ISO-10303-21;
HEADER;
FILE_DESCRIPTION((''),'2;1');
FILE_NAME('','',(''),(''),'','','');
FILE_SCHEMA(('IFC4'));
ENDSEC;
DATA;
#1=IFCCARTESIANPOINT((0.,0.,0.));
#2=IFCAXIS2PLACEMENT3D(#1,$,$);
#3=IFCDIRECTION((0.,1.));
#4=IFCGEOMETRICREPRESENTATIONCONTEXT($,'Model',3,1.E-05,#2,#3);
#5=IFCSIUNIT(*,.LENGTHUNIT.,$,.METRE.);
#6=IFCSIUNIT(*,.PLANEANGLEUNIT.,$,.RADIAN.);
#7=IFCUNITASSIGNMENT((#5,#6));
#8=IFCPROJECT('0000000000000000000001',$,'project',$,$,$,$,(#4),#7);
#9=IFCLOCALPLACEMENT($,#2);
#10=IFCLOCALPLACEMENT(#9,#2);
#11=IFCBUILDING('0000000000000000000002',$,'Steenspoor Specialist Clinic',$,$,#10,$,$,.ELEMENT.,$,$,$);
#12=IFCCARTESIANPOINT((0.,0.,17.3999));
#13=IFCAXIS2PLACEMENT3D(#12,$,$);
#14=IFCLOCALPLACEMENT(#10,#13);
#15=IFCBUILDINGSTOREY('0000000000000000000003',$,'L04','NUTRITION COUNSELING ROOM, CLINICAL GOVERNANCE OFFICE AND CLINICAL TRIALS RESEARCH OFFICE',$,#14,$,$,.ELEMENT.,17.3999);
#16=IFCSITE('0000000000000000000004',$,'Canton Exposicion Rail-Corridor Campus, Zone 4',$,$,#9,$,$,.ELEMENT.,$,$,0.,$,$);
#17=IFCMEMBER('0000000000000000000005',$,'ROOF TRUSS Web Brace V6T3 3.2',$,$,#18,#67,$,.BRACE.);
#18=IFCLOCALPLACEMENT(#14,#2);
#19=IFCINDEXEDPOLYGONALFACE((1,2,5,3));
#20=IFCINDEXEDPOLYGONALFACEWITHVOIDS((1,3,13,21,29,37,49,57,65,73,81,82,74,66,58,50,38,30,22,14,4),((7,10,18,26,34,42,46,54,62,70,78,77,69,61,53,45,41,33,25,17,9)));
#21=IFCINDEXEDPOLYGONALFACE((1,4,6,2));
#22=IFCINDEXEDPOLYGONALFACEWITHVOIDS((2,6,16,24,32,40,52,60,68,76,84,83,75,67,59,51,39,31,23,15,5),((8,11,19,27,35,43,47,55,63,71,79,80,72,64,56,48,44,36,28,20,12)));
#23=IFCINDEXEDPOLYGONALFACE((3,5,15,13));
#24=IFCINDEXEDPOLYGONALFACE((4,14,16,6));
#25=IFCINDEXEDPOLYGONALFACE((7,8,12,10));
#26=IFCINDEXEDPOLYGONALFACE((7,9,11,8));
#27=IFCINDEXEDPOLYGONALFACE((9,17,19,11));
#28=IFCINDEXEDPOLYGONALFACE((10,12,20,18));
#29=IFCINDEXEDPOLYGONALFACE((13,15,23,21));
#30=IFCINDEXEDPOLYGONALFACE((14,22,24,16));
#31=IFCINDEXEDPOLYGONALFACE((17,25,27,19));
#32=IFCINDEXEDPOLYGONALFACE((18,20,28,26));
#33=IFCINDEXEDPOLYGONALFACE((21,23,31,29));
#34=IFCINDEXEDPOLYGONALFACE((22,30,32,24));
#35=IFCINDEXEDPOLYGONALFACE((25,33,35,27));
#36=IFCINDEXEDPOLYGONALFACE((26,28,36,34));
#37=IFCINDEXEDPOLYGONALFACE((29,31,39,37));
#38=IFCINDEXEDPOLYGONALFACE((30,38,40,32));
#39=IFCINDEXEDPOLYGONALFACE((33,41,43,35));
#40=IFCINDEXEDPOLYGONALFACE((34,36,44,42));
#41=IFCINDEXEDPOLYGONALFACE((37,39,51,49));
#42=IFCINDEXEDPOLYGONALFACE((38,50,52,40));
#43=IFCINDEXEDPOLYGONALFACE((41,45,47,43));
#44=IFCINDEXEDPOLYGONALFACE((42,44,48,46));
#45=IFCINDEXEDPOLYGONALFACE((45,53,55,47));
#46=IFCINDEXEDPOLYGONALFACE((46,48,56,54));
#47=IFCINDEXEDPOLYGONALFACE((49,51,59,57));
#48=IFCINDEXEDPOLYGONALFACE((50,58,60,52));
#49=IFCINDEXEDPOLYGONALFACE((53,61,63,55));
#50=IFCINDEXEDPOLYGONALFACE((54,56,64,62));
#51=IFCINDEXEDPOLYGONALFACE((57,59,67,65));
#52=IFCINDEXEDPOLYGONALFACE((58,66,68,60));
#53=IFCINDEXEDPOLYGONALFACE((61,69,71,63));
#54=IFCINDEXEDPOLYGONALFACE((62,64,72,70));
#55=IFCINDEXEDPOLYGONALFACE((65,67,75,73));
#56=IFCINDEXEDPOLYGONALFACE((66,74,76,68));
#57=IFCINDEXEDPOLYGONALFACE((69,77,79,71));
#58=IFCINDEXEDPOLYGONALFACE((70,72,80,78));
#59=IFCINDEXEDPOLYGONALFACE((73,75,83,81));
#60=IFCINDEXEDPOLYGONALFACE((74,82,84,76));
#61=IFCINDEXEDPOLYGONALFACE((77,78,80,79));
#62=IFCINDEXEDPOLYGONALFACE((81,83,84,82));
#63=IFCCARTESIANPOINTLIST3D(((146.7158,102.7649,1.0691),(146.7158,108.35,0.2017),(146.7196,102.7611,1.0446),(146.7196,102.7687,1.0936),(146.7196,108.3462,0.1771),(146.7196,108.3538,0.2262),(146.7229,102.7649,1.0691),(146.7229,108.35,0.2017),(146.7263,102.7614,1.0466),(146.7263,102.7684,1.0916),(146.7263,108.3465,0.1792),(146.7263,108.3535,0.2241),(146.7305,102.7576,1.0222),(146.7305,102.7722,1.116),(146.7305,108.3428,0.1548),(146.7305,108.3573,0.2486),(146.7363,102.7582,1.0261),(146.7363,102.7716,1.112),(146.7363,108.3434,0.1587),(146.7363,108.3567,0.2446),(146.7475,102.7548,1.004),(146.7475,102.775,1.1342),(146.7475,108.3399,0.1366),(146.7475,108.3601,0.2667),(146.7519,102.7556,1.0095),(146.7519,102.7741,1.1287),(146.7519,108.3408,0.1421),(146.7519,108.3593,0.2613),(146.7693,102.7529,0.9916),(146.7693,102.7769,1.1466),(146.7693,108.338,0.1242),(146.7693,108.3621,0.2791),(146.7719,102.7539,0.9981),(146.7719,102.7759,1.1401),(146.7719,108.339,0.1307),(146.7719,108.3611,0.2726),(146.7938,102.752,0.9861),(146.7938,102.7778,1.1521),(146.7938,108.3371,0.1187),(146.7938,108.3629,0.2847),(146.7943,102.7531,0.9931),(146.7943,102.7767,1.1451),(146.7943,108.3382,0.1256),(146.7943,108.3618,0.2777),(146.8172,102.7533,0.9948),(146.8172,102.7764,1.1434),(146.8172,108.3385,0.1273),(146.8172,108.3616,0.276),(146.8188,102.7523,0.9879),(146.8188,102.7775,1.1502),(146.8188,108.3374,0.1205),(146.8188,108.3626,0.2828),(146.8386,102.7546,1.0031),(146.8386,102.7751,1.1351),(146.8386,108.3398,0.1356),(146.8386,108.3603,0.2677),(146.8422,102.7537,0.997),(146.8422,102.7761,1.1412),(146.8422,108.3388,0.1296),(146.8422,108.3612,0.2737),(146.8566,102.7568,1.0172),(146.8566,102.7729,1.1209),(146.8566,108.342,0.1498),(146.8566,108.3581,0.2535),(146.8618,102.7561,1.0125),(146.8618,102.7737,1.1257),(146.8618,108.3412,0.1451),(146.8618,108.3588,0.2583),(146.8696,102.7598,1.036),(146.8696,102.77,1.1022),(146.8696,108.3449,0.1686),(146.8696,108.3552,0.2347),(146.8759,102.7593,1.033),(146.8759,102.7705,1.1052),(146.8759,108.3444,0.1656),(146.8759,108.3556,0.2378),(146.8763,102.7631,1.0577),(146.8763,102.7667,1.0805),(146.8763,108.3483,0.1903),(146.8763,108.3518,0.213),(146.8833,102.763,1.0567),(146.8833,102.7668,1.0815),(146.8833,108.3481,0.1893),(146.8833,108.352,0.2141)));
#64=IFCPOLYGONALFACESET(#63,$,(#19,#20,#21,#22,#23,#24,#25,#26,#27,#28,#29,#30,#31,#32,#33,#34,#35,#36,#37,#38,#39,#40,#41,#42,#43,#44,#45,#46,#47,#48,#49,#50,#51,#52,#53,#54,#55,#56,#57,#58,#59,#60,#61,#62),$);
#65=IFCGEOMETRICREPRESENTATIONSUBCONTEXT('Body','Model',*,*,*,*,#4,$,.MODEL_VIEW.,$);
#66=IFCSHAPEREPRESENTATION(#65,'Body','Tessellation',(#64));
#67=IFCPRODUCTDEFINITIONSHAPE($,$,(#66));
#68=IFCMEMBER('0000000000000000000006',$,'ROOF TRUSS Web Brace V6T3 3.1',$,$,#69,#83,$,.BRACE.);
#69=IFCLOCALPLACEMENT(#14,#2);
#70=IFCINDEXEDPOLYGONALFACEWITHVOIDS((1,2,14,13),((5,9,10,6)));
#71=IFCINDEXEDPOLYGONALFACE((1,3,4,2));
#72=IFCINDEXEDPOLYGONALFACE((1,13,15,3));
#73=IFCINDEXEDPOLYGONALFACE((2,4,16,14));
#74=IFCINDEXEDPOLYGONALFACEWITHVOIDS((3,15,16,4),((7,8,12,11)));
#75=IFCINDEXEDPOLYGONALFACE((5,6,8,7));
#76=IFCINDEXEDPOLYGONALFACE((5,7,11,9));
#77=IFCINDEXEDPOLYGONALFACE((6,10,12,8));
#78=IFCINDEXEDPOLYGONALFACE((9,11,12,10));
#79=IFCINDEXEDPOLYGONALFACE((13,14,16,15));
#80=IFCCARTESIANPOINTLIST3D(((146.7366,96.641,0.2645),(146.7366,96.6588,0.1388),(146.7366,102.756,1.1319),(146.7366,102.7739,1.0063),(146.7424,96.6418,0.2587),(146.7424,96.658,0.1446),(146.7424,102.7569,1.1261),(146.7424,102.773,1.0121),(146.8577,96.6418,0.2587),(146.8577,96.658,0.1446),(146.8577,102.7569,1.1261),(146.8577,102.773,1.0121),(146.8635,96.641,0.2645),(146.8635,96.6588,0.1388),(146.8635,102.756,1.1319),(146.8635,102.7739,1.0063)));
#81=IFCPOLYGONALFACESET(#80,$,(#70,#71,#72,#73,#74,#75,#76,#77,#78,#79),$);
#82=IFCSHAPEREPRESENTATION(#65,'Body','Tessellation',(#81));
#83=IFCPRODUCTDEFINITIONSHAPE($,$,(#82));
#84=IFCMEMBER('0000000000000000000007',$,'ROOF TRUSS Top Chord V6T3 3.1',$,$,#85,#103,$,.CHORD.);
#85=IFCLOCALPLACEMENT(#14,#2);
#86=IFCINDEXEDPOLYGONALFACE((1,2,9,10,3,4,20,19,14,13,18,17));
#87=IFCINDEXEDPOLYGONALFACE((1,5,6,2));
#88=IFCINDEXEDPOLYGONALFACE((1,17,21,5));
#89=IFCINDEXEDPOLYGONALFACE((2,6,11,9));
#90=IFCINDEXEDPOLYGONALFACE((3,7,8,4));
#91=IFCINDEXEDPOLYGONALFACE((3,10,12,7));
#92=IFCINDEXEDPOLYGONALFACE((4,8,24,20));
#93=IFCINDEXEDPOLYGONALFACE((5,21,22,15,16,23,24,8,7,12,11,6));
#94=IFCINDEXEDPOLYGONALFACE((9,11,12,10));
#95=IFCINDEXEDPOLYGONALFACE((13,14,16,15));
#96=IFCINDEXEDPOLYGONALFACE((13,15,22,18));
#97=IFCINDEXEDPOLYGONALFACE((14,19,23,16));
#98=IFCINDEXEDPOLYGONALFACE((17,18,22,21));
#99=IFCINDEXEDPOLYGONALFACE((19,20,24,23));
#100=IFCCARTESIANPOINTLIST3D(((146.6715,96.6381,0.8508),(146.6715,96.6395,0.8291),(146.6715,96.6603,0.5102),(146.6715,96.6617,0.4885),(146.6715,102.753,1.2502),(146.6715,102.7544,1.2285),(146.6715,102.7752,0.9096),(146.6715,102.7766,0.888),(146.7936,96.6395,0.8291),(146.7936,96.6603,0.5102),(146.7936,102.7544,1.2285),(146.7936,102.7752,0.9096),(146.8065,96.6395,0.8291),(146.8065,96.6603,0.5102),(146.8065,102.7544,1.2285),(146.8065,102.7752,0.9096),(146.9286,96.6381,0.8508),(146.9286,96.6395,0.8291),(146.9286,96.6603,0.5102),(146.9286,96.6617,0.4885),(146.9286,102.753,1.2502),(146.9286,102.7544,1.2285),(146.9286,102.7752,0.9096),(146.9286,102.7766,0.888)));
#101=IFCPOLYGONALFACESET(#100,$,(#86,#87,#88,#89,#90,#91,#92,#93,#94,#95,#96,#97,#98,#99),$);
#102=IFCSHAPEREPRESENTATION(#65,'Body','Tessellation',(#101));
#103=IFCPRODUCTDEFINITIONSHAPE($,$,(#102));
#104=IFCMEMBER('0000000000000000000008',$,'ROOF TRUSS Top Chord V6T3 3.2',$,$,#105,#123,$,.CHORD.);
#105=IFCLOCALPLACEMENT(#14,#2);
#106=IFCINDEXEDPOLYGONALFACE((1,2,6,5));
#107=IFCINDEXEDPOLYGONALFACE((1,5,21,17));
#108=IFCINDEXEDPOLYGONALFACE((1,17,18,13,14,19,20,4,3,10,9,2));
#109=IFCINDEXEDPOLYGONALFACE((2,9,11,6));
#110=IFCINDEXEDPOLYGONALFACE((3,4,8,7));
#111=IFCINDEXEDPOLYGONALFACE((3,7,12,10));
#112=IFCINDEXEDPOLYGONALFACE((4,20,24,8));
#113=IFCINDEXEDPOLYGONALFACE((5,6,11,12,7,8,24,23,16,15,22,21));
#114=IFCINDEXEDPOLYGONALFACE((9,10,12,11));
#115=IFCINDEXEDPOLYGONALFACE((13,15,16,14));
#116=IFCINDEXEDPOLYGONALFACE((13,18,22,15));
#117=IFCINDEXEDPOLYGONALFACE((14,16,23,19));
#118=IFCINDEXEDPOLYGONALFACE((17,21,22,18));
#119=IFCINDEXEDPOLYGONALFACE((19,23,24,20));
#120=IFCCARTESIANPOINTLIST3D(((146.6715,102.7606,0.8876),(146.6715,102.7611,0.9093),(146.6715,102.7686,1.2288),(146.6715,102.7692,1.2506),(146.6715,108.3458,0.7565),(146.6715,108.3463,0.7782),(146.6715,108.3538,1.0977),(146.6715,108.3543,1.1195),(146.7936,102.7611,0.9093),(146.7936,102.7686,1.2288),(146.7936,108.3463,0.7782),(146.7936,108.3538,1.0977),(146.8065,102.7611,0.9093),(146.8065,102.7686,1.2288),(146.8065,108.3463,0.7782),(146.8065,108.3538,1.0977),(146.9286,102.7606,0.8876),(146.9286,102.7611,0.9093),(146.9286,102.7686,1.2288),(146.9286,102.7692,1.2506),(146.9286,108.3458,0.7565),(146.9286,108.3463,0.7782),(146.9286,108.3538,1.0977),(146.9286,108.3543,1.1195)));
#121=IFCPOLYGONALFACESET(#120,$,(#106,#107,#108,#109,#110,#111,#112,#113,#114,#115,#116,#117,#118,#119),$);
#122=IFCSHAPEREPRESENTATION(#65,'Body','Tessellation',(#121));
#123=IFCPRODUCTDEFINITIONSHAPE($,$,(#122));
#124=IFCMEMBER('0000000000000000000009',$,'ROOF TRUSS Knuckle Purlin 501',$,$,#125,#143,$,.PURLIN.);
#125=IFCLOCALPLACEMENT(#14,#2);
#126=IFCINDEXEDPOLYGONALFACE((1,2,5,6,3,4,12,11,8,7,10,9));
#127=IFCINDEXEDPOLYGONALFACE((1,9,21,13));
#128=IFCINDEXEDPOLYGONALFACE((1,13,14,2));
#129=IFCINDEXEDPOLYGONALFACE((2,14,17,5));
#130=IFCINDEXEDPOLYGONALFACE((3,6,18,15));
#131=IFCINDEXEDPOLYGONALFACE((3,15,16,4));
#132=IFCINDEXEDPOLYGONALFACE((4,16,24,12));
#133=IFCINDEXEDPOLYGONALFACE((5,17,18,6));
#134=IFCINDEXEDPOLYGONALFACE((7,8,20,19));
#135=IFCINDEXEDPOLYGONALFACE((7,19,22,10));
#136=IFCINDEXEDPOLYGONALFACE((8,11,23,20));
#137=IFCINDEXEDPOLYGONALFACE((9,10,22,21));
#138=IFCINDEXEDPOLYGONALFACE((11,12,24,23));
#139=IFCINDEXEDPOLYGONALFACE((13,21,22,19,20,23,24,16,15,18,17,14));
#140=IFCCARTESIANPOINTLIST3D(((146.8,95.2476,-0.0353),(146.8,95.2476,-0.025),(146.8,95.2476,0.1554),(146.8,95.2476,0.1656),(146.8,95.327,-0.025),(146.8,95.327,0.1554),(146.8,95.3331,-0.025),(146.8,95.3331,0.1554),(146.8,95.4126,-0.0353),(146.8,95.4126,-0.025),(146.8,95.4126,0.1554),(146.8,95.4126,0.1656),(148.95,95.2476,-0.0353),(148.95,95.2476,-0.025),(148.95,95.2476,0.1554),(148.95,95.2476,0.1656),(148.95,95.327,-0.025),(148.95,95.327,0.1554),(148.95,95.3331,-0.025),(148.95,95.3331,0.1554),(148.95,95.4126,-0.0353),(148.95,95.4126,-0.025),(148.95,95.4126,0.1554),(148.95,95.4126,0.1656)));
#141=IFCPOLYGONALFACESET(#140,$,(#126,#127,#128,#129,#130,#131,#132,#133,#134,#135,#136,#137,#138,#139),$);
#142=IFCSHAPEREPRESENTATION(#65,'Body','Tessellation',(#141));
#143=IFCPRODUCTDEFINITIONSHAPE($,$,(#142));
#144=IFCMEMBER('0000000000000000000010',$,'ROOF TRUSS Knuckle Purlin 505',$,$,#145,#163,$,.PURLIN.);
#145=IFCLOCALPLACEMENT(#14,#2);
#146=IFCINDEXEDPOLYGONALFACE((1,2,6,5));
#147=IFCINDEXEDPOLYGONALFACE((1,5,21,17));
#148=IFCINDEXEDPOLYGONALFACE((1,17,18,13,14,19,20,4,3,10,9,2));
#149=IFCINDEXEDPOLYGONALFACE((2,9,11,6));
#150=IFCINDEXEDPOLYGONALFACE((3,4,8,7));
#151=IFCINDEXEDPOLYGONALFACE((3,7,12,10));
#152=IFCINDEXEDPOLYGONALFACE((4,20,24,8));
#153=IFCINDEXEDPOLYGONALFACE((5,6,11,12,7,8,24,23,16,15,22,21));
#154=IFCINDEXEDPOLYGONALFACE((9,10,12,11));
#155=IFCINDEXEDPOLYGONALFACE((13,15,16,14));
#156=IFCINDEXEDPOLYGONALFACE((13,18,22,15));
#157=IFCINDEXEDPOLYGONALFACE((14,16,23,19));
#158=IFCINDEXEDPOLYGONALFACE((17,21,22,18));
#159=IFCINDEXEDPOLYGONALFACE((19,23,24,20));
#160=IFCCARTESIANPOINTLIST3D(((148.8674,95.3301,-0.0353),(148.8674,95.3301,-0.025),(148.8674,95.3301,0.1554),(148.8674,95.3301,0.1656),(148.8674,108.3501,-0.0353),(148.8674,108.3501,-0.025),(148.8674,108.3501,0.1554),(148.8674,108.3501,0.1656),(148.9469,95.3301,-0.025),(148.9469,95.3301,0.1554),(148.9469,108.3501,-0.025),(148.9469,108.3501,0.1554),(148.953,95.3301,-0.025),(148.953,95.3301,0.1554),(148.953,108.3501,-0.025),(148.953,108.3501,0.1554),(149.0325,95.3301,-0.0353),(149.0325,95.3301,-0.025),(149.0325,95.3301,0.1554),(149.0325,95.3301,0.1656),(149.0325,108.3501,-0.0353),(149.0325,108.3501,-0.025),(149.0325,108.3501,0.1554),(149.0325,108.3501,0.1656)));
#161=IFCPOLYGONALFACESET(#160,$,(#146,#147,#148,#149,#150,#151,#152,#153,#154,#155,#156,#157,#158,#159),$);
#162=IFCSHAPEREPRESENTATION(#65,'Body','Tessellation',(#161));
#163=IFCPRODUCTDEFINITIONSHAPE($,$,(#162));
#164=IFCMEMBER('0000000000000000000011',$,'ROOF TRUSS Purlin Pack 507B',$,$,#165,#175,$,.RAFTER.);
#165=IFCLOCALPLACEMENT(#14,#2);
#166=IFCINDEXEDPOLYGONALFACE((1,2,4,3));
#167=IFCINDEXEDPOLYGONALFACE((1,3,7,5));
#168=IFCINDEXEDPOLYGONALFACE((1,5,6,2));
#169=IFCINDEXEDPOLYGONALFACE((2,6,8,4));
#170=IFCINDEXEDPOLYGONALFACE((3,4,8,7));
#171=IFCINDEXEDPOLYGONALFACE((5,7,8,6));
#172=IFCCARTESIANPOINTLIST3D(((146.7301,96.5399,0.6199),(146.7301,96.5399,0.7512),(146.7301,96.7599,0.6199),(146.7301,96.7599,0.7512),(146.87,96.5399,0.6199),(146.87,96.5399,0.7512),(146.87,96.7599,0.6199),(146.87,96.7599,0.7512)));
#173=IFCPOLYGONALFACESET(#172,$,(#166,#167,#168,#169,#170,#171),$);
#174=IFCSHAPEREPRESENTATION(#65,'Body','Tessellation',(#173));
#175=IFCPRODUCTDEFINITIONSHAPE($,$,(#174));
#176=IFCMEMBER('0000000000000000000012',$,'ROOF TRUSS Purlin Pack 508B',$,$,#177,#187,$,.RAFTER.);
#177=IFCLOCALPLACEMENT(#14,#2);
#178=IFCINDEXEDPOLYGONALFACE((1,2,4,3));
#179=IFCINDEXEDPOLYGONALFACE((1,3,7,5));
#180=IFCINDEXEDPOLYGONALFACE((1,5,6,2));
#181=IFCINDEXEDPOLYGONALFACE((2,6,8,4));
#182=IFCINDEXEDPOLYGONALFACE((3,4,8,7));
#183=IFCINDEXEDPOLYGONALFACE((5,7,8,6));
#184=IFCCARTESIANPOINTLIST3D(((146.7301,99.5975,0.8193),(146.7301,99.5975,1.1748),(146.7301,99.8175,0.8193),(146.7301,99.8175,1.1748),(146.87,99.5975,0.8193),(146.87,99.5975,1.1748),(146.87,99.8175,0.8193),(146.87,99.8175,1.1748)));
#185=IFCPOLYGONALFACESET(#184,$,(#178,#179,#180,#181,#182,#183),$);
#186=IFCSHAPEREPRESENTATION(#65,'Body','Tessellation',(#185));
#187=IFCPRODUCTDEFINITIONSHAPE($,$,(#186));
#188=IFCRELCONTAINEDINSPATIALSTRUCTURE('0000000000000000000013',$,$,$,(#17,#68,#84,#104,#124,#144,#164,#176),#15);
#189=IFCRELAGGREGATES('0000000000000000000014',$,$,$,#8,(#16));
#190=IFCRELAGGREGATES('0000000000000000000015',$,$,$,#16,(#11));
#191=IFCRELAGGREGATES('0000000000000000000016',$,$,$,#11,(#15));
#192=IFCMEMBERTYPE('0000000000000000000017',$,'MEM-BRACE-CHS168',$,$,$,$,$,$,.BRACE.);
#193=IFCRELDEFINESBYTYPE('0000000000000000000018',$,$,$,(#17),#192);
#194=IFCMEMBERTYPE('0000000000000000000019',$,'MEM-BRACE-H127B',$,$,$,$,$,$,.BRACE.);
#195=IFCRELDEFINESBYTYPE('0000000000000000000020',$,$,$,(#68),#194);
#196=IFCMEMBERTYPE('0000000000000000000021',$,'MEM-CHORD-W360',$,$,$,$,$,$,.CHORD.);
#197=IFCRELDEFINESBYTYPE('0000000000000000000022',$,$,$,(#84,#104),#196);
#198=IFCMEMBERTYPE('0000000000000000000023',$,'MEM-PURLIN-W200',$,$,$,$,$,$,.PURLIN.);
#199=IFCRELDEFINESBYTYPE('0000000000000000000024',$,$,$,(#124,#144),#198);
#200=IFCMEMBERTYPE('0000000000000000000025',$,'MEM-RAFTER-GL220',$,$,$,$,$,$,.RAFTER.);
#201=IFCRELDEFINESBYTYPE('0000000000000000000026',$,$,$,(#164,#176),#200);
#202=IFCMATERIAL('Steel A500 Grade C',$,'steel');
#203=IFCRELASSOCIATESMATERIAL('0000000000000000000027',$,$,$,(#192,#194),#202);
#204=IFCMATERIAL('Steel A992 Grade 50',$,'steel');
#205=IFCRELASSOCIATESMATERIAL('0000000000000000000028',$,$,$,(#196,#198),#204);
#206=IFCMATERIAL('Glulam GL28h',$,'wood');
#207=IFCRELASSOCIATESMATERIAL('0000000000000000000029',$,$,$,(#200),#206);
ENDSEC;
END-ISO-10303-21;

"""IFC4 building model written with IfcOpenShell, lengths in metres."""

from ifc_helpers import new_model, si_unit, direction, frame, origin, origin_2d, place, context, subcontext, project, spatial, rectangle, hollow_rectangle, hollow_circle, i_section, extrude, material, material_profile, profile_set, type_object, element, save


model = new_model("IFC4")

# Units and contexts
model_context = context("Model", 3, precision=1e-05, world=origin(), true_north=direction((0.0, 1.0)))
body_context = subcontext(model_context, "Body", "Model", "MODEL_VIEW")
ifc_project = project(units=[si_unit("LENGTHUNIT", "METRE"), si_unit("PLANEANGLEUNIT", "RADIAN")], contexts=[model_context])

# Site, building, storey
site_placement = place(None, origin())
site = spatial("IfcSite", under=ifc_project, at=site_placement, Name="Canton Exposicion Rail-Corridor Campus, Zone 4", CompositionType="ELEMENT", RefElevation=0.0)
building_placement = place(site_placement, origin())
building = spatial("IfcBuilding", under=site, at=building_placement, Name="Steenspoor Specialist Clinic", CompositionType="ELEMENT")
storey_placement = place(building_placement, frame((0.0, 0.0, 17.3999)))
storey = spatial("IfcBuildingStorey", under=building, at=storey_placement, Name="L04", Description="NUTRITION COUNSELING ROOM, CLINICAL GOVERNANCE OFFICE AND CLINICAL TRIALS RESEARCH OFFICE", CompositionType="ELEMENT", Elevation=17.3999)

# Members
ifc_material_1 = material(Name="Steel A500 Grade C", Category="steel")
ifc_material_profile_1 = material_profile(ifc_material_1, hollow_circle(Radius=0.0842, WallThickness=0.0071, at=origin_2d()), Name="CHS168X7.1")
ifc_profile_set_1 = profile_set([ifc_material_profile_1], Name="Steel A500 Grade C")
member_type_1 = type_object("IfcMemberType", Name="MEM-BRACE-CHS168", PredefinedType="BRACE", material=ifc_profile_set_1)
member_1_placement = place(storey_placement, frame((146.8, 102.7649, 1.0691), z_axis=(0.0, 0.988153, -0.153469), x_axis=(-1.0, 0.0, 0.0)))
element("IfcMember", 1, at=member_1_placement, inside=storey, type_object=member_type_1, Name="ROOF TRUSS Web Brace V6T3 3.2", PredefinedType="BRACE", context=body_context, shape_type="SweptSolid", body=[
    extrude(hollow_circle(Radius=0.0842, WallThickness=0.0071, at=origin_2d()), origin(), (0.0, 0.0, 1.0), 5.6521),
])
ifc_material_profile_2 = material_profile(ifc_material_1, hollow_rectangle(XDim=0.127, YDim=0.127, WallThickness=0.0059, at=origin_2d()), Name="HSS127X127X6.4")
ifc_profile_set_2 = profile_set([ifc_material_profile_2], Name="Steel A500 Grade C")
member_type_2 = type_object("IfcMemberType", Name="MEM-BRACE-H127B", PredefinedType="BRACE", material=ifc_profile_set_2)
member_2_placement = place(storey_placement, frame((146.8, 96.6499, 0.2017), z_axis=(0.0, 0.990088, 0.140447), x_axis=(-1.0, 0.0, 0.0)))
element("IfcMember", 2, at=member_2_placement, inside=storey, type_object=member_type_2, Name="ROOF TRUSS Web Brace V6T3 3.1", PredefinedType="BRACE", context=body_context, shape_type="SweptSolid", body=[
    extrude(hollow_rectangle(XDim=0.127, YDim=0.127, WallThickness=0.0059, at=origin_2d()), origin(), (0.0, 0.0, 1.0), 6.1763),
])
ifc_material_2 = material(Name="Steel A992 Grade 50", Category="steel")
ifc_material_profile_3 = material_profile(ifc_material_2, i_section(OverallWidth=0.2571, OverallDepth=0.363, WebThickness=0.0129, FlangeThickness=0.0217, at=origin_2d()), Name="W360X122")
ifc_profile_set_3 = profile_set([ifc_material_profile_3], Name="Steel A992 Grade 50")
member_type_3 = type_object("IfcMemberType", Name="MEM-CHORD-W360", PredefinedType="CHORD", material=ifc_profile_set_3)
member_3_placement = place(storey_placement, frame((146.8, 96.6499, 0.6697), z_axis=(0.0, 0.997874, 0.065178), x_axis=(-1.0, 0.0, 0.0)))
element("IfcMember", 3, at=member_3_placement, inside=storey, type_object=member_type_3, Name="ROOF TRUSS Top Chord V6T3 3.1", PredefinedType="CHORD", context=body_context, shape_type="SweptSolid", body=[
    extrude(i_section(OverallWidth=0.2571, OverallDepth=0.363, WebThickness=0.0129, FlangeThickness=0.0217, at=origin_2d()), origin(), (0.0, 0.0, 1.0), 6.1279),
])
member_4_placement = place(storey_placement, frame((146.8, 102.7649, 1.0691), z_axis=(0.0, 0.999725, -0.023467), x_axis=(-1.0, 0.0, 0.0)))
element("IfcMember", 4, at=member_4_placement, inside=storey, type_object=member_type_3, Name="ROOF TRUSS Top Chord V6T3 3.2", PredefinedType="CHORD", context=body_context, shape_type="SweptSolid", body=[
    extrude(i_section(OverallWidth=0.2571, OverallDepth=0.363, WebThickness=0.0129, FlangeThickness=0.0217, at=origin_2d()), origin(), (0.0, 0.0, 1.0), 5.5867),
])
ifc_material_profile_4 = material_profile(ifc_material_2, i_section(OverallWidth=0.165, OverallDepth=0.2009, WebThickness=0.0061, FlangeThickness=0.0103, at=origin_2d()), Name="W200X36")
ifc_profile_set_4 = profile_set([ifc_material_profile_4], Name="Steel A992 Grade 50")
member_type_4 = type_object("IfcMemberType", Name="MEM-PURLIN-W200", PredefinedType="PURLIN", material=ifc_profile_set_4)
member_5_placement = place(storey_placement, frame((146.8, 95.3301, 0.0652), z_axis=(1.0, 0.0, 0.0), x_axis=(0.0, 1.0, 0.0)))
element("IfcMember", 5, at=member_5_placement, inside=storey, type_object=member_type_4, Name="ROOF TRUSS Knuckle Purlin 501", PredefinedType="PURLIN", context=body_context, shape_type="SweptSolid", body=[
    extrude(i_section(OverallWidth=0.165, OverallDepth=0.2009, WebThickness=0.0061, FlangeThickness=0.0103, at=origin_2d()), origin(), (0.0, 0.0, 1.0), 2.1499),
])
member_6_placement = place(storey_placement, frame((148.95, 95.3301, 0.0652), z_axis=(0.0, 1.0, 0.0), x_axis=(-1.0, 0.0, 0.0)))
element("IfcMember", 6, at=member_6_placement, inside=storey, type_object=member_type_4, Name="ROOF TRUSS Knuckle Purlin 505", PredefinedType="PURLIN", context=body_context, shape_type="SweptSolid", body=[
    extrude(i_section(OverallWidth=0.165, OverallDepth=0.2009, WebThickness=0.0061, FlangeThickness=0.0103, at=origin_2d()), origin(), (0.0, 0.0, 1.0), 13.02),
])
ifc_material_3 = material(Name="Glulam GL28h", Category="wood")
ifc_material_profile_5 = material_profile(ifc_material_3, rectangle(XDim=0.1399, YDim=0.22, at=origin_2d()), Name="GL28H-140X220")
ifc_profile_set_5 = profile_set([ifc_material_profile_5], Name="Glulam GL28h")
member_type_5 = type_object("IfcMemberType", Name="MEM-RAFTER-GL220", PredefinedType="RAFTER", material=ifc_profile_set_5)
member_7_placement = place(storey_placement, frame((146.8, 96.6499, 0.6199), z_axis=(0.0, 0.0, 1.0), x_axis=(1.0, 0.0, 0.0)))
element("IfcMember", 7, at=member_7_placement, inside=storey, type_object=member_type_5, Name="ROOF TRUSS Purlin Pack 507B", PredefinedType="RAFTER", context=body_context, shape_type="SweptSolid", body=[
    extrude(rectangle(XDim=0.1399, YDim=0.22, at=origin_2d()), origin(), (0.0, 0.0, 1.0), 0.1313),
])
member_8_placement = place(storey_placement, frame((146.8, 99.7075, 0.8193), z_axis=(0.0, 0.0, 1.0), x_axis=(1.0, 0.0, 0.0)))
element("IfcMember", 8, at=member_8_placement, inside=storey, type_object=member_type_5, Name="ROOF TRUSS Purlin Pack 508B", PredefinedType="RAFTER", context=body_context, shape_type="SweptSolid", body=[
    extrude(rectangle(XDim=0.1399, YDim=0.22, at=origin_2d()), origin(), (0.0, 0.0, 1.0), 0.3555),
])

save(model, "model.ifc")
